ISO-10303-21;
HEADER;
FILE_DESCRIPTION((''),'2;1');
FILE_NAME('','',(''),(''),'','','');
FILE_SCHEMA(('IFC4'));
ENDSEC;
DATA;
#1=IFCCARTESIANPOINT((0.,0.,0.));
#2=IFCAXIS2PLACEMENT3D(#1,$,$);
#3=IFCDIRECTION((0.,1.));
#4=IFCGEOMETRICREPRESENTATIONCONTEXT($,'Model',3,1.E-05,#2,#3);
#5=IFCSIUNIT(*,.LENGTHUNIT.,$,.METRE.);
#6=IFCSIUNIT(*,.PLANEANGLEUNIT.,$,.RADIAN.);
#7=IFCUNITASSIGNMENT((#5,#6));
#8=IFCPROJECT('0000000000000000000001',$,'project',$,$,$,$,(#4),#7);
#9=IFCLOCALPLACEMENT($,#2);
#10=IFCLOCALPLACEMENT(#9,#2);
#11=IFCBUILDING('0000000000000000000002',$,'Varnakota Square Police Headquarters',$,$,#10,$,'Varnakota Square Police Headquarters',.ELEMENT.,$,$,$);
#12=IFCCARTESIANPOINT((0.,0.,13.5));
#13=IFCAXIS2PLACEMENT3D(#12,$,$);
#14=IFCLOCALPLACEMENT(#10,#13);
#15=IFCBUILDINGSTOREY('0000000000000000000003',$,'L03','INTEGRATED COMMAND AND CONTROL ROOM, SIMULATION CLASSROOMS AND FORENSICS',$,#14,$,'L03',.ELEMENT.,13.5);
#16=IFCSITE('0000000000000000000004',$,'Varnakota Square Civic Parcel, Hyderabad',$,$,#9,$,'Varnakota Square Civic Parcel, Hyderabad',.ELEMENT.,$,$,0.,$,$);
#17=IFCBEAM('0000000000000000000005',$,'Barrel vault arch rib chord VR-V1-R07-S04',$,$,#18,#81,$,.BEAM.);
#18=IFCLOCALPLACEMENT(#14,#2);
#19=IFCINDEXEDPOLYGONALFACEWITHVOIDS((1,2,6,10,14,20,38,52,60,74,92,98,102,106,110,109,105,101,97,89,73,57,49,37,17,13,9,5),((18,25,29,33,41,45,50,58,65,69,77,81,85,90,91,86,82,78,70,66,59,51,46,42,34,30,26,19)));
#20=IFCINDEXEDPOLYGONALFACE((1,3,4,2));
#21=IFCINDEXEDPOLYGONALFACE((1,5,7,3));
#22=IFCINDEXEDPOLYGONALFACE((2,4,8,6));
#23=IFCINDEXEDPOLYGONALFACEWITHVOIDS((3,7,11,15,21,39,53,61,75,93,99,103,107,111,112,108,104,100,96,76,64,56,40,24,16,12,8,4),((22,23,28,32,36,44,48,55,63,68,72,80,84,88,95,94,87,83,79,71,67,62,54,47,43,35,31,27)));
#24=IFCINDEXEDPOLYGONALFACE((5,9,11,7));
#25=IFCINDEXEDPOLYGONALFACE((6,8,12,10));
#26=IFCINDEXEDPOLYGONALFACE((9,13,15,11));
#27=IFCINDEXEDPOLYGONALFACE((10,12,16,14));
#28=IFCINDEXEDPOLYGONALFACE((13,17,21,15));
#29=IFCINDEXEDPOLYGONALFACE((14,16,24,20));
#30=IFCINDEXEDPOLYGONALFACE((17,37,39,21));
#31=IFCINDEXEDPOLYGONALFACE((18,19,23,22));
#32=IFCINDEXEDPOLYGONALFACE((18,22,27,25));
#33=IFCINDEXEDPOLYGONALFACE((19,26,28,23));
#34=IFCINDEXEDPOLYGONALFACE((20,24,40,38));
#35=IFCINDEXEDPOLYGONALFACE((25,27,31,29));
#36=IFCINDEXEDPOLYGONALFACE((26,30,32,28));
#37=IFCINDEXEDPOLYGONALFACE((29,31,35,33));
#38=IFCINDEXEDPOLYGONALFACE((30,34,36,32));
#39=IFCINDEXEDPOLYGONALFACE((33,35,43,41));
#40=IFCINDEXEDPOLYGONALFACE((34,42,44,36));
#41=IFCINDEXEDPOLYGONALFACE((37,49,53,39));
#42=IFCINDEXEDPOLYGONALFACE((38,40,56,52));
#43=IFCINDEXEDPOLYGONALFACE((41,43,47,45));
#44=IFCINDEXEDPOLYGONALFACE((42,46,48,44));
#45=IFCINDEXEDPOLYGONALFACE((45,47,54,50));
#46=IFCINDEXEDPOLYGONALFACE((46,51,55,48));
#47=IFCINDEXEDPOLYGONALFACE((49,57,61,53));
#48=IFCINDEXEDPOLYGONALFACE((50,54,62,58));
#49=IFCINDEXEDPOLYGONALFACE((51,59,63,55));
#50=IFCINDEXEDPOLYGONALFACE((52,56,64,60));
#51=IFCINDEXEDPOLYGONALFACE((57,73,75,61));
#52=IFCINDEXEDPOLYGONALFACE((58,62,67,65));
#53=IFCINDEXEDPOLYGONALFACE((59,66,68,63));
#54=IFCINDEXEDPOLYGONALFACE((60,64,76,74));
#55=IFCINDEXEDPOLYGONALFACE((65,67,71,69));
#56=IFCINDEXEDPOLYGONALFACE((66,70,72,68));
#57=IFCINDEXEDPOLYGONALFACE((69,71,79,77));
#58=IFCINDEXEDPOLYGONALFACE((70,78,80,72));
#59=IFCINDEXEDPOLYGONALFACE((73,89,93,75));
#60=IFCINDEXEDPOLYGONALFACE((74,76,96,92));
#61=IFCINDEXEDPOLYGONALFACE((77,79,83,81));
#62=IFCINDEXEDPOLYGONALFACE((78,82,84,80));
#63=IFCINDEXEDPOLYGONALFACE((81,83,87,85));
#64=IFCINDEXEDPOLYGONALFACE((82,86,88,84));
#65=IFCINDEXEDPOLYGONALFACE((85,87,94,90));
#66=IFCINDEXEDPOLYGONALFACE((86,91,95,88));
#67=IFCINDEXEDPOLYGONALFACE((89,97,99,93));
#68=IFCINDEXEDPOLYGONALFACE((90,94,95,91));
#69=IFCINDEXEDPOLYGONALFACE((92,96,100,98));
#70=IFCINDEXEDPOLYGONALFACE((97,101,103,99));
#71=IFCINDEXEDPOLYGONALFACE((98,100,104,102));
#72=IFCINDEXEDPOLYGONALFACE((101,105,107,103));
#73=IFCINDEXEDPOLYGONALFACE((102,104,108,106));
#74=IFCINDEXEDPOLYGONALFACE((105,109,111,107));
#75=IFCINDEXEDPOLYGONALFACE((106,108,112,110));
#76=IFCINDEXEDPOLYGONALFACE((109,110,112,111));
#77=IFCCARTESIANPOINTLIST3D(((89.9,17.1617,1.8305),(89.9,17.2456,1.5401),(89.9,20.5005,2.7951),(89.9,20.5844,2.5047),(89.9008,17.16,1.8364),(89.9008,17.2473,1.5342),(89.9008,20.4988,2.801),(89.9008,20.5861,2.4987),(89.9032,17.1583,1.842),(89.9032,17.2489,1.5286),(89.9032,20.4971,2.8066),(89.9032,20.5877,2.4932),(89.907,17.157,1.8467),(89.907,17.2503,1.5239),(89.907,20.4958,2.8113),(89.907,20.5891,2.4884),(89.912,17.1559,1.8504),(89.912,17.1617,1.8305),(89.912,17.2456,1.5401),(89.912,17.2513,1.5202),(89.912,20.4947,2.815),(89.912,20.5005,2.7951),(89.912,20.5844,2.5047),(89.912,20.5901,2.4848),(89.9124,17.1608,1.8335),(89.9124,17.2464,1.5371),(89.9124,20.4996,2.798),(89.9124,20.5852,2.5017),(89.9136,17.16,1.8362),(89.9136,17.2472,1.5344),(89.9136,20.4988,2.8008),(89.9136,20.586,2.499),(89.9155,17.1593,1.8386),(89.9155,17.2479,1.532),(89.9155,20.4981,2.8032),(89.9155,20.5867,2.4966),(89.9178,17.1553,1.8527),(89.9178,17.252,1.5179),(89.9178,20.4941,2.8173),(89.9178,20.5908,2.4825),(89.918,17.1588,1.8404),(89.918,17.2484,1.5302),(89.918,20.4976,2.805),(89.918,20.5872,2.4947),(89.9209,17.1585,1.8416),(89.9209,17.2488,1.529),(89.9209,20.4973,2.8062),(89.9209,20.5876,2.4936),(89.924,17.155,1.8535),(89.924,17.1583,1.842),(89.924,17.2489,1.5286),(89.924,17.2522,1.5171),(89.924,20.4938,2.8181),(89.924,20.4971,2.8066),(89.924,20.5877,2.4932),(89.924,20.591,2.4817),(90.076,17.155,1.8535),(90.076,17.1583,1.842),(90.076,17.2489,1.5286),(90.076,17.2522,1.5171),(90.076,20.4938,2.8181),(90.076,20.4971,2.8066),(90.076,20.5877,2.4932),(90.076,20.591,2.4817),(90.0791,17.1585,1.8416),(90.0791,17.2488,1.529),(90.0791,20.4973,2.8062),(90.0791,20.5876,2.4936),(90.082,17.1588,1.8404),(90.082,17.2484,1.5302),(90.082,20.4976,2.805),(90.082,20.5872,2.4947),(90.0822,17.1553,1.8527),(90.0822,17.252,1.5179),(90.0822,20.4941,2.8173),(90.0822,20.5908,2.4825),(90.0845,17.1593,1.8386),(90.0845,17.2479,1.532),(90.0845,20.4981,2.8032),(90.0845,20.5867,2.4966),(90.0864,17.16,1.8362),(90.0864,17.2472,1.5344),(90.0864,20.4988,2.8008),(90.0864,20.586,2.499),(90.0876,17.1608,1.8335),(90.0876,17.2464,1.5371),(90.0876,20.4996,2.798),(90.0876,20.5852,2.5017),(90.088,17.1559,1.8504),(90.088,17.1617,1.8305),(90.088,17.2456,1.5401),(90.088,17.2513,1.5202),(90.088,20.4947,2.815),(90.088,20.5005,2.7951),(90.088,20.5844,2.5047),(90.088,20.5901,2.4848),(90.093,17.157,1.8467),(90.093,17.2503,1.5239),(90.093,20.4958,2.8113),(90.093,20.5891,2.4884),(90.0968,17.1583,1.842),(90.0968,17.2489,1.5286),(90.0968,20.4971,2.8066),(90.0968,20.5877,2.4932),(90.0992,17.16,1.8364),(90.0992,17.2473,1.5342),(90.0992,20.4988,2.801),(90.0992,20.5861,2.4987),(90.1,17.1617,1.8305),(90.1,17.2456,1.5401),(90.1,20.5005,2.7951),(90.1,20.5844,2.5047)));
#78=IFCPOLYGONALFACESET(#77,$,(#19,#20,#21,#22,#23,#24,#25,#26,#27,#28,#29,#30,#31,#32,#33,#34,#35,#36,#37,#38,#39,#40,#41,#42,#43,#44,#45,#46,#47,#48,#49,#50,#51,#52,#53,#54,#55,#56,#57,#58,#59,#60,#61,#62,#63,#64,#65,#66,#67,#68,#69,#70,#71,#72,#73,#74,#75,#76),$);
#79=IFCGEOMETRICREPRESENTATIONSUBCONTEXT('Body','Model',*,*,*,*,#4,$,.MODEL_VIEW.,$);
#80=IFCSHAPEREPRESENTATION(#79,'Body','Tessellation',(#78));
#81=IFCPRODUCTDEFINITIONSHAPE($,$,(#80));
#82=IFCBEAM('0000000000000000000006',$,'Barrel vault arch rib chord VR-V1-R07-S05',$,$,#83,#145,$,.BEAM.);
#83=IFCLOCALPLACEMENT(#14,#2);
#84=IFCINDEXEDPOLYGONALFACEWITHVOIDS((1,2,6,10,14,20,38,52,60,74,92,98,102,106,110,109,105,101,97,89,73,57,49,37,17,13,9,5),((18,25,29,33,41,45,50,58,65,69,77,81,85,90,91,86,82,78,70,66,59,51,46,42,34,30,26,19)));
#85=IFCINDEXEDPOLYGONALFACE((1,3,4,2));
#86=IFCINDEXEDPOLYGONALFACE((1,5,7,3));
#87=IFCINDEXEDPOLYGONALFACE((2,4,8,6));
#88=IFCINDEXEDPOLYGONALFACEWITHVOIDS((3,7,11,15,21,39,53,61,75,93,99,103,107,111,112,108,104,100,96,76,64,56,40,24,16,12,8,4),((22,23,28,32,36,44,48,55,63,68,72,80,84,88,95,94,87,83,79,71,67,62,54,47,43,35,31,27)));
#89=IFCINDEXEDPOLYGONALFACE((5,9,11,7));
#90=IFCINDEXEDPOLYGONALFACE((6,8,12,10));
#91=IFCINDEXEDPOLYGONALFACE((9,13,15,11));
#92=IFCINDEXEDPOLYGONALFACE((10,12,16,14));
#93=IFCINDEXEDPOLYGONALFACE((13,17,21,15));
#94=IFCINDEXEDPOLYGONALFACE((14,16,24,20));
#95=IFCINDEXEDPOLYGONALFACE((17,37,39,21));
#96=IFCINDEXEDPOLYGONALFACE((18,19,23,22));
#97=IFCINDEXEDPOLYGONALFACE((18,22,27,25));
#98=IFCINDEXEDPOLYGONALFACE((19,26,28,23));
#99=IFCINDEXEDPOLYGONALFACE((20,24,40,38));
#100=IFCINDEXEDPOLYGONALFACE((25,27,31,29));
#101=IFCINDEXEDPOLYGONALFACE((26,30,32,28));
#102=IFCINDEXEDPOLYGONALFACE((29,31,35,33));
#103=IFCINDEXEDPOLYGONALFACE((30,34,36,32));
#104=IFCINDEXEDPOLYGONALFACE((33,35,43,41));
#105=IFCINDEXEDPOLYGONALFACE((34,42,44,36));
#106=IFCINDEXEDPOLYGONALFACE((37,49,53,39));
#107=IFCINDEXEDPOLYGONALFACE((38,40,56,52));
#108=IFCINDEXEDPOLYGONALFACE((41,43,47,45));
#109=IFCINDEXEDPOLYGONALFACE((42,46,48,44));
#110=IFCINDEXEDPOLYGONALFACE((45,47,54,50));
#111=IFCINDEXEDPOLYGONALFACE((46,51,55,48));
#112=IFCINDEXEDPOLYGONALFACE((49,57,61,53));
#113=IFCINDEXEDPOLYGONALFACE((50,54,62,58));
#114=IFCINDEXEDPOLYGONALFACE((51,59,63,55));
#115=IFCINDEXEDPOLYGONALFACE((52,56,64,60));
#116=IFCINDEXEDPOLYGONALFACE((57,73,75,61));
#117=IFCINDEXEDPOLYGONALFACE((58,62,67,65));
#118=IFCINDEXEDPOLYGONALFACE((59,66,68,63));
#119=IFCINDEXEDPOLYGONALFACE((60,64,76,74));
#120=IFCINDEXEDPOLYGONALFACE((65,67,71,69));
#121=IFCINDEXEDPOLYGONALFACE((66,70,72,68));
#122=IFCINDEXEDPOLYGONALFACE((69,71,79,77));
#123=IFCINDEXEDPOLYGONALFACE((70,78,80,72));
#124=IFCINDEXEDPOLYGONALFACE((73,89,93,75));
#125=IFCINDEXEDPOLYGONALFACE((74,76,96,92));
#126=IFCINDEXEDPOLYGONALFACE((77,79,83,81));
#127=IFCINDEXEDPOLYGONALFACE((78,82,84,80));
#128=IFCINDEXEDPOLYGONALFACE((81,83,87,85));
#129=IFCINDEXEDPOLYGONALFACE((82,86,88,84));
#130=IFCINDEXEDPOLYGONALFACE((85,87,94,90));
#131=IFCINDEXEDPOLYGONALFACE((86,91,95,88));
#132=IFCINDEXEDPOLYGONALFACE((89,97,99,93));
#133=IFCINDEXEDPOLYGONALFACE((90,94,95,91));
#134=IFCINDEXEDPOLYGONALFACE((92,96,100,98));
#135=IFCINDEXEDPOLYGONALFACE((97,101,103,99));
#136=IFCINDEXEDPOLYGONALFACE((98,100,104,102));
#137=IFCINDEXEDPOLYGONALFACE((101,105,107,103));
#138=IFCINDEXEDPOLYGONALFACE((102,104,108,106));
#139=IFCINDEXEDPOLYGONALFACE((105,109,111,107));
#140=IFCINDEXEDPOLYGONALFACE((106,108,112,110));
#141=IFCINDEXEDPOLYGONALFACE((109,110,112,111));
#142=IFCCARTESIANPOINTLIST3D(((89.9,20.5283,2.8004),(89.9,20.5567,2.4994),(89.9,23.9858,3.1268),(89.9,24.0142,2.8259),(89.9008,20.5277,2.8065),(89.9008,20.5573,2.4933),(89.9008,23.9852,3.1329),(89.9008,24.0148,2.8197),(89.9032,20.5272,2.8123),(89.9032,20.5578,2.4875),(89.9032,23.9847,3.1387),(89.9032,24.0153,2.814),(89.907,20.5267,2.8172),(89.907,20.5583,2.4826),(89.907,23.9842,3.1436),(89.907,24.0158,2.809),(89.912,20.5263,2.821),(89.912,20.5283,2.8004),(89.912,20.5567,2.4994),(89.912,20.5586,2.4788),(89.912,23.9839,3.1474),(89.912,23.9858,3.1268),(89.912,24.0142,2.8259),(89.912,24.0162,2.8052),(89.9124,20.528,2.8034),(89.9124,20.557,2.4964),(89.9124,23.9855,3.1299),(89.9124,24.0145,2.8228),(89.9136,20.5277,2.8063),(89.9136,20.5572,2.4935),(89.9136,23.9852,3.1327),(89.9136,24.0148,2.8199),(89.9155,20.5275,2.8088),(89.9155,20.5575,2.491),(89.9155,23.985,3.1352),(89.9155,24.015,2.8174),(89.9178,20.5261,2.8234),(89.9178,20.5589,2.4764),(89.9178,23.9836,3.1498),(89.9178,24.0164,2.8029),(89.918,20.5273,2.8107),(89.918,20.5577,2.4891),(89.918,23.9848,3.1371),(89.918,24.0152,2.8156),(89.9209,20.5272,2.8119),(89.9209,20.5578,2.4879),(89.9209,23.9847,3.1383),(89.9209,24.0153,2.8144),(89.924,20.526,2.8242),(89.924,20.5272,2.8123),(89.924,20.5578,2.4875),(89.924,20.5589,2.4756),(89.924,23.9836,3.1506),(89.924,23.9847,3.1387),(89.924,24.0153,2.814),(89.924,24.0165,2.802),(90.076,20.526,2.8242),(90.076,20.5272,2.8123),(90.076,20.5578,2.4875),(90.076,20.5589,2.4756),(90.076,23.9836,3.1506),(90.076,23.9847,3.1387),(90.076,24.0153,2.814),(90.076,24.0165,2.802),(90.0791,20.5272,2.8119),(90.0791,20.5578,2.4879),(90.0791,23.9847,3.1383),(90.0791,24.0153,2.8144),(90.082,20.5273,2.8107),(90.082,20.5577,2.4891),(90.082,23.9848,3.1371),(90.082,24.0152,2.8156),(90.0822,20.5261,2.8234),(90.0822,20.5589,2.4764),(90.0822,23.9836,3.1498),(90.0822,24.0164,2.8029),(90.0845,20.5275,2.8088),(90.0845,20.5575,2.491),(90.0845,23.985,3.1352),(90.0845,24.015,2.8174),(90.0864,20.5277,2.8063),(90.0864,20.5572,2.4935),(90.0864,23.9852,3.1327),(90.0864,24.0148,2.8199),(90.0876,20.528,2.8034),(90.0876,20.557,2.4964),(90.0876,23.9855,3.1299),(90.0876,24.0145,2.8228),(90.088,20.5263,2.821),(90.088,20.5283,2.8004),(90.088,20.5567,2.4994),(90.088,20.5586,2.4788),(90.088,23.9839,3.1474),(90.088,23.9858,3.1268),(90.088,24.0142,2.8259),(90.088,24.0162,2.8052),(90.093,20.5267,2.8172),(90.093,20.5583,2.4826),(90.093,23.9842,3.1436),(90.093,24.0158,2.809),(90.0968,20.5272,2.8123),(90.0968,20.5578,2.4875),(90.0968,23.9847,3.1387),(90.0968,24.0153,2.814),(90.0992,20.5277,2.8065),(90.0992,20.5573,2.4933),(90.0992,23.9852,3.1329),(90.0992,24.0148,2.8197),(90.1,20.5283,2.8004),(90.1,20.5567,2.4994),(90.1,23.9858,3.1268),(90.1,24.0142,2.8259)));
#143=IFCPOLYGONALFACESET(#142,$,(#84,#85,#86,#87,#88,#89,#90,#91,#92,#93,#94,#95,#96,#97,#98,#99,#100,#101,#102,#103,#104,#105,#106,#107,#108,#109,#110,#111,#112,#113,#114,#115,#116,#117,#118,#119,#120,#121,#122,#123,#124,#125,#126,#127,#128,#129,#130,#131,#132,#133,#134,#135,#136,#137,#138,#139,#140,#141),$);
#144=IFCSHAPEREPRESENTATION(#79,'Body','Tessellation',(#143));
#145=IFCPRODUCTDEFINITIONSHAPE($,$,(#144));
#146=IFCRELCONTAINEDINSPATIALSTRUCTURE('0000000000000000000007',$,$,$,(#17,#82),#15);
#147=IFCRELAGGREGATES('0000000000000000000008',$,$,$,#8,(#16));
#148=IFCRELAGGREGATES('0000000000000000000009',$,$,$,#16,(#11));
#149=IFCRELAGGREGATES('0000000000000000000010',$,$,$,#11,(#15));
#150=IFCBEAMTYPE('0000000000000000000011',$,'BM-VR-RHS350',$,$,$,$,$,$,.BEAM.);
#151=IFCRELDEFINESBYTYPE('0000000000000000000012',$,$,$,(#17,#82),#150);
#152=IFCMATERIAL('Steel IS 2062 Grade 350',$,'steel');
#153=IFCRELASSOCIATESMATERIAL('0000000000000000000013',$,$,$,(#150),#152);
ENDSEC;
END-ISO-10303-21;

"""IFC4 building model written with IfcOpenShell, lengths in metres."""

from ifc_helpers import new_model, si_unit, direction, frame, origin, origin_2d, place, context, subcontext, project, spatial, hollow_rectangle, extrude, material, material_profile, profile_set, type_object, element, save


model = new_model("IFC4")

# Units and contexts
model_context = context("Model", 3, precision=1e-05, world=origin(), true_north=direction((0.0, 1.0)))
body_context = subcontext(model_context, "Body", "Model", "MODEL_VIEW")
ifc_project = project(units=[si_unit("LENGTHUNIT", "METRE"), si_unit("PLANEANGLEUNIT", "RADIAN")], contexts=[model_context])

# Site, building, storey
site_placement = place(None, origin())
site = spatial("IfcSite", under=ifc_project, at=site_placement, Name="Varnakota Square Civic Parcel, Hyderabad", LongName="Varnakota Square Civic Parcel, Hyderabad", CompositionType="ELEMENT", RefElevation=0.0)
building_placement = place(site_placement, origin())
building = spatial("IfcBuilding", under=site, at=building_placement, Name="Varnakota Square Police Headquarters", LongName="Varnakota Square Police Headquarters", CompositionType="ELEMENT")
storey_placement = place(building_placement, frame((0.0, 0.0, 13.5)))
storey = spatial("IfcBuildingStorey", under=building, at=storey_placement, Name="L03", Description="INTEGRATED COMMAND AND CONTROL ROOM, SIMULATION CLASSROOMS AND FORENSICS", LongName="L03", CompositionType="ELEMENT", Elevation=13.5)

# Beams
ifc_material_1 = material(Name="Steel IS 2062 Grade 350", Category="steel")
ifc_material_profile_1 = material_profile(ifc_material_1, hollow_rectangle(XDim=0.2, YDim=0.3501, WallThickness=0.012, InnerFilletRadius=0.012, OuterFilletRadius=0.0239, at=origin_2d()), Name="RHS 350x200x12")
ifc_profile_set_1 = profile_set([ifc_material_profile_1], Name="Steel IS 2062 Grade 350")
beam_type = type_object("IfcBeamType", Name="BM-VR-RHS350", PredefinedType="BEAM", material=ifc_profile_set_1)
beam_1_placement = place(storey_placement, frame((90.0, 17.2036, 1.6853), z_axis=(0.0, 0.960711, 0.27755), x_axis=(-1.0, 0.0, 0.0)))
element("IfcBeam", 1, at=beam_1_placement, inside=storey, type_object=beam_type, Name="Barrel vault arch rib chord VR-V1-R07-S04", PredefinedType="BEAM", context=body_context, shape_type="SweptSolid", body=[
    extrude(hollow_rectangle(XDim=0.2, YDim=0.3501, WallThickness=0.012, InnerFilletRadius=0.012, OuterFilletRadius=0.0239, at=origin_2d()), origin(), (0.0, 0.0, 1.0), 3.4753),
])
for number, where, z_axis, x_axis, name in (
    (2, (90.0, 20.5425, 2.6499), (0.0, 0.995573, 0.09399), (-1.0, 0.0, 0.0), "Barrel vault arch rib chord VR-V1-R07-S05"),
):
    element("IfcBeam", number, at=place(storey_placement, frame(where, z_axis=z_axis, x_axis=x_axis)), inside=storey, type_object=beam_type, Name=name, PredefinedType="BEAM", context=body_context, shape_type="SweptSolid", body=[
        extrude(hollow_rectangle(XDim=0.2, YDim=0.3501, WallThickness=0.012, InnerFilletRadius=0.012, OuterFilletRadius=0.0239, at=origin_2d()), origin(), (0.0, 0.0, 1.0), 3.4729),
    ])

save(model, "model.ifc")
